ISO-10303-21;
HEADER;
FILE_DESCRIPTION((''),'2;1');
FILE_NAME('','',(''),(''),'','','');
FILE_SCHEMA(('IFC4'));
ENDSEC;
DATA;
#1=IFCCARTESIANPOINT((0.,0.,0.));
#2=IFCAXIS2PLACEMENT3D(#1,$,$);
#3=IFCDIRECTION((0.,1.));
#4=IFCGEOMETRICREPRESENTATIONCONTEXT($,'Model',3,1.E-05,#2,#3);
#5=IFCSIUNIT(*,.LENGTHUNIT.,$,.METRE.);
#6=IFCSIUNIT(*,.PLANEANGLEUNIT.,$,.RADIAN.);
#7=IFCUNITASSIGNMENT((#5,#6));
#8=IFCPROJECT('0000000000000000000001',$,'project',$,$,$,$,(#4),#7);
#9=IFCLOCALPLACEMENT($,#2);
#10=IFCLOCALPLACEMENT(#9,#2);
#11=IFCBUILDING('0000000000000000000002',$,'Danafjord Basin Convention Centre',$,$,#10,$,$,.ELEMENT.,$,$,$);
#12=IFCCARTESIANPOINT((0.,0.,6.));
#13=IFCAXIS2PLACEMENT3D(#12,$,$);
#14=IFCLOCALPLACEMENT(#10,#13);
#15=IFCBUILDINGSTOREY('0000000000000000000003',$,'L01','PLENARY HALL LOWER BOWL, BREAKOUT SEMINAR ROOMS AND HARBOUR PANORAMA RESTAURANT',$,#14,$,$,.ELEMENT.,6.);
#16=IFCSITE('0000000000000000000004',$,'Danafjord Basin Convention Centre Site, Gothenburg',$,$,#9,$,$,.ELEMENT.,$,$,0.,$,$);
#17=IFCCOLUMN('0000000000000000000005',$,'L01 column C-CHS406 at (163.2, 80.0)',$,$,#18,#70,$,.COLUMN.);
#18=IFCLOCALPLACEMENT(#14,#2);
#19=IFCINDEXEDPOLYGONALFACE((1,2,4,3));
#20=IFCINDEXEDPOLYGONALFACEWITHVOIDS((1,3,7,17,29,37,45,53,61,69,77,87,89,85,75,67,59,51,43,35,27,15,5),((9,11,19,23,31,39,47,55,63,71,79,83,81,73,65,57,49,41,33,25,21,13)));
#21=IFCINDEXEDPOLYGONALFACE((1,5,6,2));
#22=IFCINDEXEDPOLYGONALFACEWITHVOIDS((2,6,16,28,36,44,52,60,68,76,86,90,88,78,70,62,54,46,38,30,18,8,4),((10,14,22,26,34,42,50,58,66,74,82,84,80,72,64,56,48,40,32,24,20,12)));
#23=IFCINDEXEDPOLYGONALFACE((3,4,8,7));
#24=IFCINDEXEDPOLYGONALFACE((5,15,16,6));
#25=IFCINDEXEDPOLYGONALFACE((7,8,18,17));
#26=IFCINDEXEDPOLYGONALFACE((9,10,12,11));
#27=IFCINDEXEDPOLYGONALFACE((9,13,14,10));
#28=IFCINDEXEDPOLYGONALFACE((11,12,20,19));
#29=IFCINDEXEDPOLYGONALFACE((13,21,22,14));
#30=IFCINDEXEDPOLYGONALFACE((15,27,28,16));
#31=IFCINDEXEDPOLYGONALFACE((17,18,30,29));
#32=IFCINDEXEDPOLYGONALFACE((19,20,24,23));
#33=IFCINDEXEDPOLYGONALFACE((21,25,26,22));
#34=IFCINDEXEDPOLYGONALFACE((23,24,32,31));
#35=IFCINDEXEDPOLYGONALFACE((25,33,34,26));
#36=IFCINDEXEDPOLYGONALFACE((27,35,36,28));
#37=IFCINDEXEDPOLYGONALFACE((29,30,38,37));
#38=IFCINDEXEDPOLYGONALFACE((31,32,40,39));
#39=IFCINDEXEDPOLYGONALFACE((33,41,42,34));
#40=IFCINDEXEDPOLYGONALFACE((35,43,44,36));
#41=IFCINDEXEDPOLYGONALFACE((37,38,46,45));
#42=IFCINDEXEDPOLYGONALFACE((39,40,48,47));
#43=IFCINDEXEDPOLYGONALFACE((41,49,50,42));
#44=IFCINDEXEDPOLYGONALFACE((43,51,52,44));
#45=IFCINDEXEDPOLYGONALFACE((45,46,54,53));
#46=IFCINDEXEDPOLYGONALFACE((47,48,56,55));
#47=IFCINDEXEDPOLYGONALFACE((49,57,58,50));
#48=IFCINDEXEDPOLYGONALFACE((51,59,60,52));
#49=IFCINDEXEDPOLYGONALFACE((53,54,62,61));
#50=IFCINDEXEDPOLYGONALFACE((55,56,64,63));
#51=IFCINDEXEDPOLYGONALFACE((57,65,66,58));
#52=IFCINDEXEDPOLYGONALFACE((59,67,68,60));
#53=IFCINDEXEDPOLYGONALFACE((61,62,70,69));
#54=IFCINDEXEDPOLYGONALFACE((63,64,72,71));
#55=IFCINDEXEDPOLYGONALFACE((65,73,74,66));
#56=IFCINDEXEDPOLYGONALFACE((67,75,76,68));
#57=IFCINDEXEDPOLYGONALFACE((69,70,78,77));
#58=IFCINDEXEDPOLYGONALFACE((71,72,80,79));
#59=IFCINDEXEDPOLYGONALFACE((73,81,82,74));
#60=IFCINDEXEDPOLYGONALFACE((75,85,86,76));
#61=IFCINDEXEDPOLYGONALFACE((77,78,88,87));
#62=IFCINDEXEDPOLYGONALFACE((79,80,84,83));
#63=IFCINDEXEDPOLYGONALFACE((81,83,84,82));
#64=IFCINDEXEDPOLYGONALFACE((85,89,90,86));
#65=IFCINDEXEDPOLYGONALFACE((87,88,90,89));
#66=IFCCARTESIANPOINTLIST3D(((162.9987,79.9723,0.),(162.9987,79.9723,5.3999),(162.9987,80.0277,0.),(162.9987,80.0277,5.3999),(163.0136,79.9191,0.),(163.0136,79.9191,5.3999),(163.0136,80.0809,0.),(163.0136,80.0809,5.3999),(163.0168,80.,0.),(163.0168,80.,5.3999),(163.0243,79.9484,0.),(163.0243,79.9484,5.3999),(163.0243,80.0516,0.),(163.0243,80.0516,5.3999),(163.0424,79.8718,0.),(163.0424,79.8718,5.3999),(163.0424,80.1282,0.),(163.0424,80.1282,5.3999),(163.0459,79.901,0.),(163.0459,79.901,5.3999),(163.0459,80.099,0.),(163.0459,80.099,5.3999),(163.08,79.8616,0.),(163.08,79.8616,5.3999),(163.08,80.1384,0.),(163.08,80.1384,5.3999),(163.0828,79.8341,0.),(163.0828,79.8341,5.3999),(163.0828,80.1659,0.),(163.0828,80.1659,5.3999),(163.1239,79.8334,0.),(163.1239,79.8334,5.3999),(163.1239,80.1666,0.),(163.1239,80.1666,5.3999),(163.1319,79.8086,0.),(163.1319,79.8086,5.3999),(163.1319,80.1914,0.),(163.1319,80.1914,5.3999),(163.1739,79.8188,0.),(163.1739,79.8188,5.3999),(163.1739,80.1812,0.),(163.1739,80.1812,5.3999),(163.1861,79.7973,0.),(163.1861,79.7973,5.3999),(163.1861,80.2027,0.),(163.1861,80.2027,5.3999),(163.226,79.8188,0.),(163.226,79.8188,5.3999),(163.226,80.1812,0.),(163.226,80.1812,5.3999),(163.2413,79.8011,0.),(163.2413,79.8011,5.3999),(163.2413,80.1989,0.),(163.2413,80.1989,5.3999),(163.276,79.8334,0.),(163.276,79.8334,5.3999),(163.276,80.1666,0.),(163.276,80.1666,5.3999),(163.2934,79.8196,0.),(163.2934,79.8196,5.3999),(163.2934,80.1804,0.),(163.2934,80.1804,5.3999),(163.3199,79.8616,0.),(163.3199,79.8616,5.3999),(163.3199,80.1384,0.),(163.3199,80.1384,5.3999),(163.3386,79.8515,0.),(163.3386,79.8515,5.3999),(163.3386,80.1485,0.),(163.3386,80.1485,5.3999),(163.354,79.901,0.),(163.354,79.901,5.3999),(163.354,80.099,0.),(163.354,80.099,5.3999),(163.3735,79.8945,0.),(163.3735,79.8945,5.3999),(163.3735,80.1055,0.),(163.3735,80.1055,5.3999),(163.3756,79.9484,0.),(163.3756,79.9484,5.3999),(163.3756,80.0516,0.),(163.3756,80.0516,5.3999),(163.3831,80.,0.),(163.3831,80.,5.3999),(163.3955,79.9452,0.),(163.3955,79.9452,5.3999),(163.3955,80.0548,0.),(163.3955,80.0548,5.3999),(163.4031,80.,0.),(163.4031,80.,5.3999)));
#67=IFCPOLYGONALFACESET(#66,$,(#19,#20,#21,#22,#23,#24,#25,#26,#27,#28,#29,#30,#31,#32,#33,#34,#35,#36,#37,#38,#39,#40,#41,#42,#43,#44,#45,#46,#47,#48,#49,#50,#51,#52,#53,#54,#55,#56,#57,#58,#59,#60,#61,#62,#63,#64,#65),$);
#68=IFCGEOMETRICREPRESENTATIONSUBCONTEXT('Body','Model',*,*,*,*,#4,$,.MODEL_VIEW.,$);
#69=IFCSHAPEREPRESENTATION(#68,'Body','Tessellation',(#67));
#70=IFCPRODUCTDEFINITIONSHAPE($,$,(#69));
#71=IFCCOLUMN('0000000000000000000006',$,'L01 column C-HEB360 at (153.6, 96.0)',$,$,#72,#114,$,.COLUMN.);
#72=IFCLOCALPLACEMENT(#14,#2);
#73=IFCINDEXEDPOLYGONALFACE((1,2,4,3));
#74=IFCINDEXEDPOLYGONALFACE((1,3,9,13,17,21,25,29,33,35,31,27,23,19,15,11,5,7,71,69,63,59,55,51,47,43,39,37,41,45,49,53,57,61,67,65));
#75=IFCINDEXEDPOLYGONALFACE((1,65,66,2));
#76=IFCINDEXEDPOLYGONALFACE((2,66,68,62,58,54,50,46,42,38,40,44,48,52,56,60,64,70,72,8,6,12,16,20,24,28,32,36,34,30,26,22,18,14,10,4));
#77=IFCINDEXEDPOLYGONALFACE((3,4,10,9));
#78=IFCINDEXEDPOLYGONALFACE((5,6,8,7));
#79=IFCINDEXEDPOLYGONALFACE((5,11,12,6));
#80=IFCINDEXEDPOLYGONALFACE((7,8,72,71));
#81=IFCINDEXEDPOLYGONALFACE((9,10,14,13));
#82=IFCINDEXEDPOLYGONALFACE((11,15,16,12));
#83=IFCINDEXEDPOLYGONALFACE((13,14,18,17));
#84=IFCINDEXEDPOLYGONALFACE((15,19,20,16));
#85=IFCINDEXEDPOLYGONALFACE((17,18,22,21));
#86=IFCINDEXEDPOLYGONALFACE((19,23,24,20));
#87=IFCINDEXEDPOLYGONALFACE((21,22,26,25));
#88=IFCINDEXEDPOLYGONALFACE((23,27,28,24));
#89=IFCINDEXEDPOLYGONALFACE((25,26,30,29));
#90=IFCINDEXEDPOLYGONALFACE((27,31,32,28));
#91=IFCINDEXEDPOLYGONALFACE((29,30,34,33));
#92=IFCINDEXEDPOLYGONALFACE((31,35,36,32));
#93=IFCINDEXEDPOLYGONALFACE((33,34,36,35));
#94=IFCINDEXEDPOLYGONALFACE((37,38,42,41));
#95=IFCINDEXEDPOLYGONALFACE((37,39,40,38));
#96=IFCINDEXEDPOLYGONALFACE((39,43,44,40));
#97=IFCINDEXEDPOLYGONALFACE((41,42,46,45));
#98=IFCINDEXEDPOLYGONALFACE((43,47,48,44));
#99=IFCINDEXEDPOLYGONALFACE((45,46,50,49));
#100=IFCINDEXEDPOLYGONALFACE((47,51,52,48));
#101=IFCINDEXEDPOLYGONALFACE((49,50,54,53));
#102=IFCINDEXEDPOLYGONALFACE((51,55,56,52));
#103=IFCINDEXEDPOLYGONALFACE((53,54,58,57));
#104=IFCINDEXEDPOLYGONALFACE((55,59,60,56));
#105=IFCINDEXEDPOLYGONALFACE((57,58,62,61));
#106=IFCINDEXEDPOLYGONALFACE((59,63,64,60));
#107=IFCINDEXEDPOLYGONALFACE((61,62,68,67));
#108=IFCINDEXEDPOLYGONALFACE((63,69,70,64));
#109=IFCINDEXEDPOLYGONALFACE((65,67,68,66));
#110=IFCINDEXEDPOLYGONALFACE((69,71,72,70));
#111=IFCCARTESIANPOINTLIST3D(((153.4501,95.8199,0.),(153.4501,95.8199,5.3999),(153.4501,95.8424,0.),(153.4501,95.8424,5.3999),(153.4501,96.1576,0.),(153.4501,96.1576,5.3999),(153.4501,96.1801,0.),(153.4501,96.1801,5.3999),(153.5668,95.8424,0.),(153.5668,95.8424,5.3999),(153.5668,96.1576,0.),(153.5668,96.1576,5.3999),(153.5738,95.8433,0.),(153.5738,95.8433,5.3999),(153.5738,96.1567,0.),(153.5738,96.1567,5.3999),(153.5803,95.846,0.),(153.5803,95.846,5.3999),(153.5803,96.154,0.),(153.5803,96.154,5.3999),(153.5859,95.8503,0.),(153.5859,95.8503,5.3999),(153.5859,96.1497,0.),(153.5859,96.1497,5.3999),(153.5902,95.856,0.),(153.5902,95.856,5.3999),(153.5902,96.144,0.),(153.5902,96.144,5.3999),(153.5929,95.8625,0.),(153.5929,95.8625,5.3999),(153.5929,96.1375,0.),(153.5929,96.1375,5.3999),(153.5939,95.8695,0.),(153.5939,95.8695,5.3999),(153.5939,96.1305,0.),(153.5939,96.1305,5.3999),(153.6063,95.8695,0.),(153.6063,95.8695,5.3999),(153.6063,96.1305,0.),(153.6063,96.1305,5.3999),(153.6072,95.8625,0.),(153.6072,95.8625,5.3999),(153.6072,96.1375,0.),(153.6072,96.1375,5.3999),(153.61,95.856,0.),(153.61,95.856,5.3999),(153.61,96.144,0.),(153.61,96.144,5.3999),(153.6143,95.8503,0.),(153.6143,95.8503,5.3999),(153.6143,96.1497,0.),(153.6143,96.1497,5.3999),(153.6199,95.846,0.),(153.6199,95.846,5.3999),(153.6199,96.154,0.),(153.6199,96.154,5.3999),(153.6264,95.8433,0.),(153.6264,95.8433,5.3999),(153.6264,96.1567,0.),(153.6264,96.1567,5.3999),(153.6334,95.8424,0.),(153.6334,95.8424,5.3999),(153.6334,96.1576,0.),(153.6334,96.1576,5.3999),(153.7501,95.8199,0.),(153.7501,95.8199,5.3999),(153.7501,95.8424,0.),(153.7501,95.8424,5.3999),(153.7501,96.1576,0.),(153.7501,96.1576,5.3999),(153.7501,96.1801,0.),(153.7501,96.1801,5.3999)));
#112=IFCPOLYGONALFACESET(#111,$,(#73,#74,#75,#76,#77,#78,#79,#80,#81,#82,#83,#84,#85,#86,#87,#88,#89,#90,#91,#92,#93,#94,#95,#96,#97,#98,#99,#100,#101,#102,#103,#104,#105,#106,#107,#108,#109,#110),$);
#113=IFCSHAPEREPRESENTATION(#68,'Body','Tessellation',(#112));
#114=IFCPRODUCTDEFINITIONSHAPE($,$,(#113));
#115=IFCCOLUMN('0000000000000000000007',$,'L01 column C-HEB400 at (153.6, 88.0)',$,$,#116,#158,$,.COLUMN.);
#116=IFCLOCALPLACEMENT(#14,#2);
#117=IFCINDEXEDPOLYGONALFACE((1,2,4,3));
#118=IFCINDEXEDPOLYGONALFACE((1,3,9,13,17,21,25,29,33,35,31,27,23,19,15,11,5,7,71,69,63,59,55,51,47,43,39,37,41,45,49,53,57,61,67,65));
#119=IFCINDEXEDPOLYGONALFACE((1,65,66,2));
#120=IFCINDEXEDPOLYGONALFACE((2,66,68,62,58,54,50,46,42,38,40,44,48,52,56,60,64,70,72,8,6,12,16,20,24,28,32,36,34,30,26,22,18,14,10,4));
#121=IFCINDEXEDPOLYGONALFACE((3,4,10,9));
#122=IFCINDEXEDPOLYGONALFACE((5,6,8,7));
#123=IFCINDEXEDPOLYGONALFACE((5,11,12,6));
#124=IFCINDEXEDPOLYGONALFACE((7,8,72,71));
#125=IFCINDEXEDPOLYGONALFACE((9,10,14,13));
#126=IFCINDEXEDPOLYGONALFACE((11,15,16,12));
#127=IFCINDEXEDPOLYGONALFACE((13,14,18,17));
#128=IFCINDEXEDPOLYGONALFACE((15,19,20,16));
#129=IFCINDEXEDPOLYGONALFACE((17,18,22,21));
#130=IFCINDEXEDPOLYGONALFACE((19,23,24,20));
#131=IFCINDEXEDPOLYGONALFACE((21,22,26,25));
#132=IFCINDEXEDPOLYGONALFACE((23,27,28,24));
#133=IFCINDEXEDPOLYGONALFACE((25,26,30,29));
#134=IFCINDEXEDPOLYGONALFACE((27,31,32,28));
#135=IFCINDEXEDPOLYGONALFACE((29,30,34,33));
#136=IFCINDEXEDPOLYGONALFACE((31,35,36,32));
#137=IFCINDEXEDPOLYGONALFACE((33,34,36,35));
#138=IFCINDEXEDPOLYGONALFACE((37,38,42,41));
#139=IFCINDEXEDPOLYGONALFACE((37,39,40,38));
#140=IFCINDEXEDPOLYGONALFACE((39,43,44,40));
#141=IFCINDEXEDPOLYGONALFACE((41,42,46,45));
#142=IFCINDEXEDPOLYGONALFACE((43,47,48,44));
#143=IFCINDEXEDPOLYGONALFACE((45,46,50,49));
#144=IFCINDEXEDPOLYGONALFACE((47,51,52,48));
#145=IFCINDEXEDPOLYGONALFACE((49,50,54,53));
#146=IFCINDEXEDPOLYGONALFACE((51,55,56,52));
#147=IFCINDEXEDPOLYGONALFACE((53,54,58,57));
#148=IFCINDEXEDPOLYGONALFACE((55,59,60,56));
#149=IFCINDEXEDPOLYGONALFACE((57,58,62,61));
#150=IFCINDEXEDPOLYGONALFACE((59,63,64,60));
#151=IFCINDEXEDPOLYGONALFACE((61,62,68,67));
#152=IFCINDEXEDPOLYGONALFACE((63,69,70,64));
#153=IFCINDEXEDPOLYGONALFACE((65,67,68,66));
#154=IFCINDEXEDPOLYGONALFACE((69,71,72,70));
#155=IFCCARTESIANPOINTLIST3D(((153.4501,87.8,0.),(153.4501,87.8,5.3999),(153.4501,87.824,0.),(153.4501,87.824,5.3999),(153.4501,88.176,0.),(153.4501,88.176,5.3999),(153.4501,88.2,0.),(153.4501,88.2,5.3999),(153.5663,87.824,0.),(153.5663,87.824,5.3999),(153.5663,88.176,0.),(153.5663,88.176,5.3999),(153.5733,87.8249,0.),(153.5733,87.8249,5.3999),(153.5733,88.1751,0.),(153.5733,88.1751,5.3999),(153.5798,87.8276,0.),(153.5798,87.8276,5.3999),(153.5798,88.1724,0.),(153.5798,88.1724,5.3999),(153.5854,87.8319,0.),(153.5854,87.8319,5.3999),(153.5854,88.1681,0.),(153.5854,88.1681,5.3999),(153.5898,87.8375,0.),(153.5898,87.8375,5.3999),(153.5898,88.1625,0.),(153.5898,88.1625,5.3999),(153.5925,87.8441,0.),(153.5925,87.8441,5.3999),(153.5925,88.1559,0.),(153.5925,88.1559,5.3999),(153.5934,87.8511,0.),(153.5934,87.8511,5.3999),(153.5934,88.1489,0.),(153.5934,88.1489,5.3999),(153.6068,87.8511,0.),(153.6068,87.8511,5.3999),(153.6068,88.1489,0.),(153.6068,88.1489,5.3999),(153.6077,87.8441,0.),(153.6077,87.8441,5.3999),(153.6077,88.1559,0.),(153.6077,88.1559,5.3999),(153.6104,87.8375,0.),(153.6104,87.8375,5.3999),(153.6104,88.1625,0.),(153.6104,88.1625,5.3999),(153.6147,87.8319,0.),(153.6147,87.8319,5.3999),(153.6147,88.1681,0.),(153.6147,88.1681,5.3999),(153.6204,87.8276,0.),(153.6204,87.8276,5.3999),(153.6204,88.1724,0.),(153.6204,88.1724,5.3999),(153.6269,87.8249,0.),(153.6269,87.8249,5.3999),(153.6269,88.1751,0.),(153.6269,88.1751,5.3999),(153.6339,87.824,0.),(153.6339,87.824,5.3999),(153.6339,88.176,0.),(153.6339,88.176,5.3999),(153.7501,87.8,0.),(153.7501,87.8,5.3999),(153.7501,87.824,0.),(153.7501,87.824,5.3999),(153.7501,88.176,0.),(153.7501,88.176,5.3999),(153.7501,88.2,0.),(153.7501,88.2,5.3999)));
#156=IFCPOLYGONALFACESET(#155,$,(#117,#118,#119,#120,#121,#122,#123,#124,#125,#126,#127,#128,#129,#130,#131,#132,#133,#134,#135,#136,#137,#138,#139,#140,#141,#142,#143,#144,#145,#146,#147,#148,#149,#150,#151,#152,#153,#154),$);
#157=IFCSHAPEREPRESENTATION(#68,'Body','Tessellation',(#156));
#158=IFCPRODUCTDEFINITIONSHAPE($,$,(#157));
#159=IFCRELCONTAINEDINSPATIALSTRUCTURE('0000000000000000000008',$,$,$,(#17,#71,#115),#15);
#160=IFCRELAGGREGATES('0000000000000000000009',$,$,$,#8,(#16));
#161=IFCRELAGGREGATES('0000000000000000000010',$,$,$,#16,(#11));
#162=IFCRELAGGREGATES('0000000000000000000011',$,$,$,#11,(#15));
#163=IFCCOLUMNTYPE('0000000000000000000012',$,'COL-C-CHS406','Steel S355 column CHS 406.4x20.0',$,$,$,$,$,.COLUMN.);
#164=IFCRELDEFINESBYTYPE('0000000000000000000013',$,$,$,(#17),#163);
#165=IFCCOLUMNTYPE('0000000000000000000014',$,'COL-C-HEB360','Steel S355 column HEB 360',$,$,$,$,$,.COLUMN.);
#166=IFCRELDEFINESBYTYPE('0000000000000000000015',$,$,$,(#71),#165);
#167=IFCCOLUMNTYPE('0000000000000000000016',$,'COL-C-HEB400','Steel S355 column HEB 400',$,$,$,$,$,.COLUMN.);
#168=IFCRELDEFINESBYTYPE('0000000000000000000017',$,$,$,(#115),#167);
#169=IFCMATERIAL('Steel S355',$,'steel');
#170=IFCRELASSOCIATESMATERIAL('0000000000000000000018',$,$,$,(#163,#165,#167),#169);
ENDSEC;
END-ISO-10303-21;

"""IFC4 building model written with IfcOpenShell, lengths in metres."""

from ifc_helpers import new_model, si_unit, direction, frame, origin, origin_2d, place, context, subcontext, project, spatial, hollow_circle, i_section, extrude, material, material_profile, profile_set, type_object, element, save


model = new_model("IFC4")

# Units and contexts
model_context = context("Model", 3, precision=1e-05, world=origin(), true_north=direction((0.0, 1.0)))
body_context = subcontext(model_context, "Body", "Model", "MODEL_VIEW")
ifc_project = project(units=[si_unit("LENGTHUNIT", "METRE"), si_unit("PLANEANGLEUNIT", "RADIAN")], contexts=[model_context])

# Site, building, storey
site_placement = place(None, origin())
site = spatial("IfcSite", under=ifc_project, at=site_placement, Name="Danafjord Basin Convention Centre Site, Gothenburg", CompositionType="ELEMENT", RefElevation=0.0)
building_placement = place(site_placement, origin())
building = spatial("IfcBuilding", under=site, at=building_placement, Name="Danafjord Basin Convention Centre", CompositionType="ELEMENT")
storey_placement = place(building_placement, frame((0.0, 0.0, 6.0)))
storey = spatial("IfcBuildingStorey", under=building, at=storey_placement, Name="L01", Description="PLENARY HALL LOWER BOWL, BREAKOUT SEMINAR ROOMS AND HARBOUR PANORAMA RESTAURANT", CompositionType="ELEMENT", Elevation=6.0)

# Columns
ifc_material_1 = material(Name="Steel S355", Category="steel")
ifc_material_profile_1 = material_profile(ifc_material_1, hollow_circle(Radius=0.2031, WallThickness=0.02, at=origin_2d()), Name="CHS 406.4x20.0")
ifc_profile_set_1 = profile_set([ifc_material_profile_1], Name="Steel S355")
column_type_1 = type_object("IfcColumnType", Name="COL-C-CHS406", Description="Steel S355 column CHS 406.4x20.0", PredefinedType="COLUMN", material=ifc_profile_set_1)
column_1_placement = place(storey_placement, frame((163.2, 80.0, 0.0), z_axis=(0.0, 0.0, 1.0), x_axis=(1.0, 0.0, 0.0)))
element("IfcColumn", 1, at=column_1_placement, inside=storey, type_object=column_type_1, Name="L01 column C-CHS406 at (163.2, 80.0)", PredefinedType="COLUMN", context=body_context, shape_type="SweptSolid", body=[
    extrude(hollow_circle(Radius=0.2031, WallThickness=0.02, at=origin_2d()), origin(), (0.0, 0.0, 1.0), 5.3999),
])
ifc_material_profile_2 = material_profile(ifc_material_1, i_section(OverallWidth=0.3, OverallDepth=0.3601, WebThickness=0.0125, FlangeThickness=0.0225, FilletRadius=0.0271, at=origin_2d()), Name="HEB 360")
ifc_profile_set_2 = profile_set([ifc_material_profile_2], Name="Steel S355")
column_type_2 = type_object("IfcColumnType", Name="COL-C-HEB360", Description="Steel S355 column HEB 360", PredefinedType="COLUMN", material=ifc_profile_set_2)
column_2_placement = place(storey_placement, frame((153.6001, 96.0, 0.0), z_axis=(0.0, 0.0, 1.0), x_axis=(1.0, 0.0, 0.0)))
element("IfcColumn", 2, at=column_2_placement, inside=storey, type_object=column_type_2, Name="L01 column C-HEB360 at (153.6, 96.0)", PredefinedType="COLUMN", context=body_context, shape_type="SweptSolid", body=[
    extrude(i_section(OverallWidth=0.3, OverallDepth=0.3601, WebThickness=0.0125, FlangeThickness=0.0225, FilletRadius=0.0271, at=origin_2d()), origin(), (0.0, 0.0, 1.0), 5.3999),
])
ifc_material_profile_3 = material_profile(ifc_material_1, i_section(OverallWidth=0.3, OverallDepth=0.3999, WebThickness=0.0134, FlangeThickness=0.0239, FilletRadius=0.0271, at=origin_2d()), Name="HEB 400")
ifc_profile_set_3 = profile_set([ifc_material_profile_3], Name="Steel S355")
column_type_3 = type_object("IfcColumnType", Name="COL-C-HEB400", Description="Steel S355 column HEB 400", PredefinedType="COLUMN", material=ifc_profile_set_3)
for number, where, z_axis, x_axis, name in (
    (3, (153.6001, 88.0, 0.0), (0.0, 0.0, 1.0), (1.0, 0.0, 0.0), "L01 column C-HEB400 at (153.6, 88.0)"),
):
    element("IfcColumn", number, at=place(storey_placement, frame(where, z_axis=z_axis, x_axis=x_axis)), inside=storey, type_object=column_type_3, Name=name, PredefinedType="COLUMN", context=body_context, shape_type="SweptSolid", body=[
        extrude(i_section(OverallWidth=0.3, OverallDepth=0.3999, WebThickness=0.0134, FlangeThickness=0.0239, FilletRadius=0.0271, at=origin_2d()), origin(), (0.0, 0.0, 1.0), 5.3999),
    ])

save(model, "model.ifc")
